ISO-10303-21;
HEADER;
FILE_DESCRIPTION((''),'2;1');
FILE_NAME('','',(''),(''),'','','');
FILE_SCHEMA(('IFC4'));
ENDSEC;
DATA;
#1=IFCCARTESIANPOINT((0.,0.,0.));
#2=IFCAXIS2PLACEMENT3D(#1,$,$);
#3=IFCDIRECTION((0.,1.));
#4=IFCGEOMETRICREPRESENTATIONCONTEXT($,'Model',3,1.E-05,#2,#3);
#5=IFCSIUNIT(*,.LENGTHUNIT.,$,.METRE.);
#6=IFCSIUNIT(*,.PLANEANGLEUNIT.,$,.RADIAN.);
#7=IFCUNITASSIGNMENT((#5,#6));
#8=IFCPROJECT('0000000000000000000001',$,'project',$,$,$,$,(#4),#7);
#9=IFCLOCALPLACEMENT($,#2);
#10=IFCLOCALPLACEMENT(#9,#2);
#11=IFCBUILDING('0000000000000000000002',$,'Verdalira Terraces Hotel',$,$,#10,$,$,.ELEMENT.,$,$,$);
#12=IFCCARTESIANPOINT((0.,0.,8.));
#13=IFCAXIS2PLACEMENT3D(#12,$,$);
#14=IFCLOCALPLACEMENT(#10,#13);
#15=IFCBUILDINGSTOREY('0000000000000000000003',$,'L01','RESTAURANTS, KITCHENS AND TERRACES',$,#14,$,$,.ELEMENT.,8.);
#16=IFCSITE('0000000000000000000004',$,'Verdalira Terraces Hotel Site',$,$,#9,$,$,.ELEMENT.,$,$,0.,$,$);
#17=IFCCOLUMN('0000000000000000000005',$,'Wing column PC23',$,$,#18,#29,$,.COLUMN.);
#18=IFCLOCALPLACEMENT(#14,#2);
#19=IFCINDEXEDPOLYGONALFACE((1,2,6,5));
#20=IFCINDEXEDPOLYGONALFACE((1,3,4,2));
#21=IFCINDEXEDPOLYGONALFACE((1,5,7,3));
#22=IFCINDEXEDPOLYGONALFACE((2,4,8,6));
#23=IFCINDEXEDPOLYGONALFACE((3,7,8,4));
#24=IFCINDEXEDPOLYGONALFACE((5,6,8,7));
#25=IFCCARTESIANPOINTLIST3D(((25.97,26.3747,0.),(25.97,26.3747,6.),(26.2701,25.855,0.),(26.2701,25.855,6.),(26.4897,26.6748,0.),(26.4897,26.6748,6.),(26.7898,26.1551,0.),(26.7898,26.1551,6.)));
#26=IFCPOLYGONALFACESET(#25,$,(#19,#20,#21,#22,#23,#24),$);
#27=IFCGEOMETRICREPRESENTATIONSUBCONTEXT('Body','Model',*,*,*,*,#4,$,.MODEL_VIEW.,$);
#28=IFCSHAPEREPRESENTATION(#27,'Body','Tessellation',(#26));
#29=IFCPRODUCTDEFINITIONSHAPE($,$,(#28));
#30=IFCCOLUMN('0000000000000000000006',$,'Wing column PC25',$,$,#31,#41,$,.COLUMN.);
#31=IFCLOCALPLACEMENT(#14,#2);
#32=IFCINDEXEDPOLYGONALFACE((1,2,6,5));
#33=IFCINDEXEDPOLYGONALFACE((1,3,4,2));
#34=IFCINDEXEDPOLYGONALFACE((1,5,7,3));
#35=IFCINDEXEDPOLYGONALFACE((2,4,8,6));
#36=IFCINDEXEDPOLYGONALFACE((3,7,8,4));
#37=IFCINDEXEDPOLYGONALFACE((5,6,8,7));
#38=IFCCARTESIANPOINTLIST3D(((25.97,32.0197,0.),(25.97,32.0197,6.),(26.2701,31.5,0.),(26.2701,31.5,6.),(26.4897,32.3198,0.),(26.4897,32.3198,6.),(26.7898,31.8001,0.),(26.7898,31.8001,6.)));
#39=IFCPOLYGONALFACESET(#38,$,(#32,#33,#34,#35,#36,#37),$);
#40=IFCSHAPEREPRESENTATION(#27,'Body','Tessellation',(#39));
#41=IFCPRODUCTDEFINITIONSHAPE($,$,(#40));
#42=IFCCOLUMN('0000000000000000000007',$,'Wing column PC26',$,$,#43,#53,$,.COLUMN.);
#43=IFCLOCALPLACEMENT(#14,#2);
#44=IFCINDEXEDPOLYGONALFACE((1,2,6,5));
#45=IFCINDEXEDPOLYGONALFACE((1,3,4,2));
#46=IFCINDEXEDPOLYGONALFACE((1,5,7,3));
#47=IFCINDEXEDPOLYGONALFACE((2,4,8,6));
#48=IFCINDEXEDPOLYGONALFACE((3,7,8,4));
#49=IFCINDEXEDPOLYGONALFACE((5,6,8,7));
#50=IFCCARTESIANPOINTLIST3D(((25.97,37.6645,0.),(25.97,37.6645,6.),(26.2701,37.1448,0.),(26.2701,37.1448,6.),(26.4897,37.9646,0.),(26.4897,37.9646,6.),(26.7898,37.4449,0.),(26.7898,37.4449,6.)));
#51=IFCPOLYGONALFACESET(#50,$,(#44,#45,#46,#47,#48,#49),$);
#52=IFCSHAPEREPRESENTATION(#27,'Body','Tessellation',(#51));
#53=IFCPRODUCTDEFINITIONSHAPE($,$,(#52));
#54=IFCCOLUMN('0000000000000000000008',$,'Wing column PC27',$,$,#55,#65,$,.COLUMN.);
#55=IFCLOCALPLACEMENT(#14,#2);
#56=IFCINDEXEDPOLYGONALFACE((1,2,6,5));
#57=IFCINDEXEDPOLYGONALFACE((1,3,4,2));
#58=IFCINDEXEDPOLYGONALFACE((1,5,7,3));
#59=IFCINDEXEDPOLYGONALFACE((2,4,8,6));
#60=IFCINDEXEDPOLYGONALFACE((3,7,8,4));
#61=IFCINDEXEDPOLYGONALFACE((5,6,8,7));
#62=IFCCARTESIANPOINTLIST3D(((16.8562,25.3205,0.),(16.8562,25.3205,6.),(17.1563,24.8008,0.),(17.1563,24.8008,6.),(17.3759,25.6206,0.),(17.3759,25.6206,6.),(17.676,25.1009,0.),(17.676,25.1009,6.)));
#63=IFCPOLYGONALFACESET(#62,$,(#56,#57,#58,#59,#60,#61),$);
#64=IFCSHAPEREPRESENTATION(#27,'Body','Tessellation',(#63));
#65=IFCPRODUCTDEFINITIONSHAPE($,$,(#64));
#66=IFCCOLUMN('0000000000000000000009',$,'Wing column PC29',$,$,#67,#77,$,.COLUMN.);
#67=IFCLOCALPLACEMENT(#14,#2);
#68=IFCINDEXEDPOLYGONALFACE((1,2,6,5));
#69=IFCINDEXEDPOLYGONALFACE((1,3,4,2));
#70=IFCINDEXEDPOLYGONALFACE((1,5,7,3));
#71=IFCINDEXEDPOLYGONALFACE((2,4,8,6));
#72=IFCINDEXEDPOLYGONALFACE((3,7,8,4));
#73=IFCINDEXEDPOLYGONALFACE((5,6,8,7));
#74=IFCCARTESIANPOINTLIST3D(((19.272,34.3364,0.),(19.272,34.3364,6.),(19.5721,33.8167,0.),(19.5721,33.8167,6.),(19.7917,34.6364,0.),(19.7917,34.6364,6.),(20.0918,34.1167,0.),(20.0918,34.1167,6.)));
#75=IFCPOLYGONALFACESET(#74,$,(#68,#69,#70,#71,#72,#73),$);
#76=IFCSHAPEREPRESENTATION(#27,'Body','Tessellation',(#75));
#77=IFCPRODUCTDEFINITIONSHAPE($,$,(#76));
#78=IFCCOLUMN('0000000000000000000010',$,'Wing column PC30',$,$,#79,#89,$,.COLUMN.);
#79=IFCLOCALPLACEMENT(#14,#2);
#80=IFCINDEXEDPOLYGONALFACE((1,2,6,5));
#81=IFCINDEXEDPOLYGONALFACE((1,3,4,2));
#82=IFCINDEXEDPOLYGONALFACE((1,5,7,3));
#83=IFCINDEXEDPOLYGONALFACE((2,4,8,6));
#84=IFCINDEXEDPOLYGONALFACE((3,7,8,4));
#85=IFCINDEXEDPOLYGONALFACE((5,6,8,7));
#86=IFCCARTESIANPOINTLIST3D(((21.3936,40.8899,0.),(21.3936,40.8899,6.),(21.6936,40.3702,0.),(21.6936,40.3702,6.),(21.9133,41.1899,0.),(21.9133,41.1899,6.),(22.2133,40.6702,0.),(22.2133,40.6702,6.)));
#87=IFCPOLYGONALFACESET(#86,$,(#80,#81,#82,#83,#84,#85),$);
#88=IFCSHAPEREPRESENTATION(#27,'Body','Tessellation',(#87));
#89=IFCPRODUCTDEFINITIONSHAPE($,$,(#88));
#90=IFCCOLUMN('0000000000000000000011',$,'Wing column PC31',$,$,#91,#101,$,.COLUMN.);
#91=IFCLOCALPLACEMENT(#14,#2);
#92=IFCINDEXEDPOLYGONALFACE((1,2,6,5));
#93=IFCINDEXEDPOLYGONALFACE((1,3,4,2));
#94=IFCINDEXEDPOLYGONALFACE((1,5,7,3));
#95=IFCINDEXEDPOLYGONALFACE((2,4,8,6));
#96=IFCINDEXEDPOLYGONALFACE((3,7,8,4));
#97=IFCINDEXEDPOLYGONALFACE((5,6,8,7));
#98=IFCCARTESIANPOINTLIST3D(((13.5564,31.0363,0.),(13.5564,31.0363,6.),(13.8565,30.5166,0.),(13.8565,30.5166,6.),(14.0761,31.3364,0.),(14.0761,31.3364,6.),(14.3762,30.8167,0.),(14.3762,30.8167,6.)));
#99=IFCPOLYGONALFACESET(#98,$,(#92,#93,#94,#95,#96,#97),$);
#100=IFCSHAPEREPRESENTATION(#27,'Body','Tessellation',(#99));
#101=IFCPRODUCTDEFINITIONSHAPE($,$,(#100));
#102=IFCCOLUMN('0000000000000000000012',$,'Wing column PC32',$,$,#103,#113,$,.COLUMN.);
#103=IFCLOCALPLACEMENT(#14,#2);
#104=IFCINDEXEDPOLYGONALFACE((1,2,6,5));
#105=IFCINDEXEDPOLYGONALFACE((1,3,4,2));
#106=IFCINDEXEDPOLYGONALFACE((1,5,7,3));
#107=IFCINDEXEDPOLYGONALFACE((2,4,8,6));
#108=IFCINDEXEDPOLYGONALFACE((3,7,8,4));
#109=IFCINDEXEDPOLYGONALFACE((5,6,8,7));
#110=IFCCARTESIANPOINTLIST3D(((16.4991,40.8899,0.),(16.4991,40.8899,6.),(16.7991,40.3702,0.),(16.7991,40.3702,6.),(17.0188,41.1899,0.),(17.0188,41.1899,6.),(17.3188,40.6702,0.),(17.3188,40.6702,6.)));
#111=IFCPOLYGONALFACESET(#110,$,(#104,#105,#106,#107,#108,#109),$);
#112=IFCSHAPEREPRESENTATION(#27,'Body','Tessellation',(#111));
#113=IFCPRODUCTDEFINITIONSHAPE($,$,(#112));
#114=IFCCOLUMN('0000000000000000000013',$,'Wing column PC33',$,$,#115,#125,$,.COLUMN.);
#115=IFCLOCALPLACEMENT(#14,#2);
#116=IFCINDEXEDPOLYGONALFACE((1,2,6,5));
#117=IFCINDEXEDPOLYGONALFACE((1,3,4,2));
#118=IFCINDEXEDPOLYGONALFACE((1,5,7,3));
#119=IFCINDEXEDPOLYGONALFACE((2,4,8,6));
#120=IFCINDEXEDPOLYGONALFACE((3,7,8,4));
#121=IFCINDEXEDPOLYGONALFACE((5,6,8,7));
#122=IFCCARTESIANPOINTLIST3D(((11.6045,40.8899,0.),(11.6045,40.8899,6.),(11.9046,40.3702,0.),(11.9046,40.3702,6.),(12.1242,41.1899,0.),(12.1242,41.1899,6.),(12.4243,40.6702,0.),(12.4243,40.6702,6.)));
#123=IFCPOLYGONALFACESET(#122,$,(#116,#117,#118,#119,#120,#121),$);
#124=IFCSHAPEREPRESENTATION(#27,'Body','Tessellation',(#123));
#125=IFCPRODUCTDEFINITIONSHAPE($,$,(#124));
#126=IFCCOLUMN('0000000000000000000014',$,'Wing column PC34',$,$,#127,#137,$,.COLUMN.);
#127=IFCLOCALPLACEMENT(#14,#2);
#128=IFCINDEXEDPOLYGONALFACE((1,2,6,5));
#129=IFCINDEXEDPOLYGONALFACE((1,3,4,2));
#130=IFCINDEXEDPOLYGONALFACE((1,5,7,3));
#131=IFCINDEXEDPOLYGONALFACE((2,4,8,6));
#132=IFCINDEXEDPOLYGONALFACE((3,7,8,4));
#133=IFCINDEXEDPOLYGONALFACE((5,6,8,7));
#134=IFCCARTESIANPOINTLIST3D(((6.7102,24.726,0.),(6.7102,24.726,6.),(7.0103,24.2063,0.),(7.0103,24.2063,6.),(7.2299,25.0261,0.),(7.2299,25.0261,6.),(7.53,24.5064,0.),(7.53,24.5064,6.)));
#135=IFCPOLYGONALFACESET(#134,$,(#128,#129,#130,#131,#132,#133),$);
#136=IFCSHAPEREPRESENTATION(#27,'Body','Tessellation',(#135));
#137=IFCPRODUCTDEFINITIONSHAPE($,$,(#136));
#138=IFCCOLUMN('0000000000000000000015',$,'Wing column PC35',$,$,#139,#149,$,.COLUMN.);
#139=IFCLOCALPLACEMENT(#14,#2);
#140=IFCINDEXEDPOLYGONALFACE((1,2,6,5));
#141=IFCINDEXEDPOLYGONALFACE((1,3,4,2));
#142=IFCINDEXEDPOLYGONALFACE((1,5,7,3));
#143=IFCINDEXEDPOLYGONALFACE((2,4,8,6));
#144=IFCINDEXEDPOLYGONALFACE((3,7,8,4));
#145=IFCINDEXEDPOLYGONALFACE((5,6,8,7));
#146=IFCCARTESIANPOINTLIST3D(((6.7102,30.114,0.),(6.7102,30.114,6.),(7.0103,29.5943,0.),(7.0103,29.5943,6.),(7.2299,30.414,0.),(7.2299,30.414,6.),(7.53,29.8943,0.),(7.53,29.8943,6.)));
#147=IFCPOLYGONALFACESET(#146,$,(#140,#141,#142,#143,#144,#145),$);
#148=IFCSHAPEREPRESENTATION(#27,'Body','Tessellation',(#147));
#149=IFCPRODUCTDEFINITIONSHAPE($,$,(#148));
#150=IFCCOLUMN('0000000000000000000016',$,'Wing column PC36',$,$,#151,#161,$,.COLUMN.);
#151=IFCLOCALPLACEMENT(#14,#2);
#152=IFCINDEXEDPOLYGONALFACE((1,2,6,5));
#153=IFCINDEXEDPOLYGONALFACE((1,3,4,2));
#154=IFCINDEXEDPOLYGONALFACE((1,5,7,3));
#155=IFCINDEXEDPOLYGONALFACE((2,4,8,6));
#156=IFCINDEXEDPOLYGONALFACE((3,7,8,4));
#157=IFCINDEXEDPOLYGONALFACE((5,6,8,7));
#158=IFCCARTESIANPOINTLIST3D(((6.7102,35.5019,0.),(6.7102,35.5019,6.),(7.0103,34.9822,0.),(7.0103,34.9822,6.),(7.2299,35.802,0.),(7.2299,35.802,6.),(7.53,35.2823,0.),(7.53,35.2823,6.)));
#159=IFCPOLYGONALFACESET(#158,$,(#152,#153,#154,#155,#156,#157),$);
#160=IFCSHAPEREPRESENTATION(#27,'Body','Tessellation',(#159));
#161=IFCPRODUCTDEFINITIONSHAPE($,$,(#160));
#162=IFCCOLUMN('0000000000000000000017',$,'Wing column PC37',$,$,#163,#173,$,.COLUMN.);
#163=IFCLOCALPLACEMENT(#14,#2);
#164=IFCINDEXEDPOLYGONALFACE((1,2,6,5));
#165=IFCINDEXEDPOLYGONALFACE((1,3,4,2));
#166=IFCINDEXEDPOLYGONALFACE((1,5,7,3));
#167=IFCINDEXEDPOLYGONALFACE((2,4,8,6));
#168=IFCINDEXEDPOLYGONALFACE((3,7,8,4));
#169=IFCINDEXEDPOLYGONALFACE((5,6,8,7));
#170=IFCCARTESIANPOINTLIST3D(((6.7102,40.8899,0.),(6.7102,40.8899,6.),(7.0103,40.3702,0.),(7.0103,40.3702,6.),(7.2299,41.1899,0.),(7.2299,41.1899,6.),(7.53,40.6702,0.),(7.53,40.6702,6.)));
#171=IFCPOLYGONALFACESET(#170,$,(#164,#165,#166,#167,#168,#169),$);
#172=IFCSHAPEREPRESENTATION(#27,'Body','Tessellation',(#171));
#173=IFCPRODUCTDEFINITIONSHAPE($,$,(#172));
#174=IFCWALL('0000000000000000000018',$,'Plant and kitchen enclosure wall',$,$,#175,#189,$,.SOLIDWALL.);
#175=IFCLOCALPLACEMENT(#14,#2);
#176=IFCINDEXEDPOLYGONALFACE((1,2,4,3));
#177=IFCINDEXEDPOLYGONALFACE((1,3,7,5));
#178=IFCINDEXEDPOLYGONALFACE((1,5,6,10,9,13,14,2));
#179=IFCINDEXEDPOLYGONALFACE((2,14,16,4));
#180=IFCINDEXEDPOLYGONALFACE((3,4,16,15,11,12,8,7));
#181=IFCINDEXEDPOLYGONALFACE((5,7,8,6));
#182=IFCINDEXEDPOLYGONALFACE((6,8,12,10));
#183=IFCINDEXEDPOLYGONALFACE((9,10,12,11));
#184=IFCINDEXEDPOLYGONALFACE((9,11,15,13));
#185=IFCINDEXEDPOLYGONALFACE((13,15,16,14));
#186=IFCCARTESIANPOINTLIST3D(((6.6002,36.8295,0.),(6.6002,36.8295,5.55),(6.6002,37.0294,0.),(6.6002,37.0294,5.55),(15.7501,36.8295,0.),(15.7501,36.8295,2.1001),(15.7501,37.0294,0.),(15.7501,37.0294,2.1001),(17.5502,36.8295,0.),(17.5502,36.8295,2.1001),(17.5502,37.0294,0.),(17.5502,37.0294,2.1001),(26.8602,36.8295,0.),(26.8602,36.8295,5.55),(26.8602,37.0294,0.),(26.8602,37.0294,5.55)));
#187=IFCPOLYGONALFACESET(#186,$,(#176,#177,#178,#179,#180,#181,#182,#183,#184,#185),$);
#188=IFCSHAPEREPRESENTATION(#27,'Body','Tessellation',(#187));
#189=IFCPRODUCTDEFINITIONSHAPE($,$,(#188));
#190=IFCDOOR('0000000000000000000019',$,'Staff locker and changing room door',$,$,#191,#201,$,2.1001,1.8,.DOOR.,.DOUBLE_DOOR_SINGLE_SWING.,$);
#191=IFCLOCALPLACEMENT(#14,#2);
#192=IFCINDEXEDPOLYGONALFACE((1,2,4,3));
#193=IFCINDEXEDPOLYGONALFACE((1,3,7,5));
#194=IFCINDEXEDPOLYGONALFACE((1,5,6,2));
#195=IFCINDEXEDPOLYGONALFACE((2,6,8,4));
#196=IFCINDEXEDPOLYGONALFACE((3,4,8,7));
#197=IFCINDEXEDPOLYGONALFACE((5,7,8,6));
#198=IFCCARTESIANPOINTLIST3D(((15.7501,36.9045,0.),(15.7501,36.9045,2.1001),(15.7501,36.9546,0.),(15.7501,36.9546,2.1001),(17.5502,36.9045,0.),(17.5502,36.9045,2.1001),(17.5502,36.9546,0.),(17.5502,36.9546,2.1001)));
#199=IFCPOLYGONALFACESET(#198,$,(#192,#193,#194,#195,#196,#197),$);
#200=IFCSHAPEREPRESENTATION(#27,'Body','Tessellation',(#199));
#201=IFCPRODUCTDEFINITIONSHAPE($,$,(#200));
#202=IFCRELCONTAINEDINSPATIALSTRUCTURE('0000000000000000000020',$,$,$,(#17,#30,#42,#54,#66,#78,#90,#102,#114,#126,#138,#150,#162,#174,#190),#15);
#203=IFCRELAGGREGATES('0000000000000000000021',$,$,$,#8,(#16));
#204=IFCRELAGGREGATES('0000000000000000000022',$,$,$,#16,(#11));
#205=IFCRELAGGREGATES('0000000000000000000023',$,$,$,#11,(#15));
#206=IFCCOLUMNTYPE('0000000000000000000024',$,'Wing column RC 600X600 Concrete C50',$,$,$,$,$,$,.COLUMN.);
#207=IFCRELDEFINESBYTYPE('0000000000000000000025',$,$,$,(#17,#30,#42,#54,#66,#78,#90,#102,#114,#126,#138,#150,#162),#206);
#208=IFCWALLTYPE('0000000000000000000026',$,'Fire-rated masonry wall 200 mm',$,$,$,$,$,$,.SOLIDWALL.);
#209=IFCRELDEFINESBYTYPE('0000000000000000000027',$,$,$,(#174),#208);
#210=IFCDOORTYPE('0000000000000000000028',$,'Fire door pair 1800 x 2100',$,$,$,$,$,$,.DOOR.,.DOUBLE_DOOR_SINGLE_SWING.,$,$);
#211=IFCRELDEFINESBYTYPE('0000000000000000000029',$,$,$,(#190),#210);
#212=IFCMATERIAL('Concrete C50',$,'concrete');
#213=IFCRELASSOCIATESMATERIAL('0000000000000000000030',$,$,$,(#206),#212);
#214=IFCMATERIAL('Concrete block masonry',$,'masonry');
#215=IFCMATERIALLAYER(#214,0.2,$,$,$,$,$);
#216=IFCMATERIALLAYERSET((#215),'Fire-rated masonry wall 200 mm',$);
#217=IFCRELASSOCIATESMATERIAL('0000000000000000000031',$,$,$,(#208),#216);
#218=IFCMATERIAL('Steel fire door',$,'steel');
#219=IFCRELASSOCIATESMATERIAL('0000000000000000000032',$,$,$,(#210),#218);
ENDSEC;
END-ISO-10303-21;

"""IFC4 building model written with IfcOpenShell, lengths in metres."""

from ifc_helpers import new_model, si_unit, direction, frame, frame_2d, origin, origin_2d, place, context, subcontext, project, spatial, rectangle, extrude, material, layer, layer_set, material_profile, profile_set, type_object, element, fill, save


model = new_model("IFC4")

# Units and contexts
model_context = context("Model", 3, precision=1e-05, world=origin(), true_north=direction((0.0, 1.0)))
body_context = subcontext(model_context, "Body", "Model", "MODEL_VIEW")
ifc_project = project(units=[si_unit("LENGTHUNIT", "METRE"), si_unit("PLANEANGLEUNIT", "RADIAN")], contexts=[model_context])

# Site, building, storey
site_placement = place(None, origin())
site = spatial("IfcSite", under=ifc_project, at=site_placement, Name="Verdalira Terraces Hotel Site", CompositionType="ELEMENT", RefElevation=0.0)
building_placement = place(site_placement, origin())
building = spatial("IfcBuilding", under=site, at=building_placement, Name="Verdalira Terraces Hotel", CompositionType="ELEMENT")
storey_placement = place(building_placement, frame((0.0, 0.0, 8.0)))
storey = spatial("IfcBuildingStorey", under=building, at=storey_placement, Name="L01", Description="RESTAURANTS, KITCHENS AND TERRACES", CompositionType="ELEMENT", Elevation=8.0)

# Columns
ifc_material_1 = material(Name="Concrete C50", Category="concrete")
ifc_material_profile = material_profile(ifc_material_1, rectangle(XDim=0.6001, YDim=0.6001, at=origin_2d()), Name="RC 600X600")
ifc_profile_set = profile_set([ifc_material_profile], Name="Concrete C50")
column_type = type_object("IfcColumnType", Name="Wing column RC 600X600 Concrete C50", PredefinedType="COLUMN", material=ifc_profile_set)
for number, where, z_axis, x_axis, name in (
    (1, (26.3799, 26.2649, 0.0), (0.0, 0.0, 1.0), (0.866025, 0.5, 0.0), "Wing column PC23"),
    (2, (26.3799, 31.9099, 0.0), (0.0, 0.0, 1.0), (0.866025, 0.5, 0.0), "Wing column PC25"),
    (3, (26.3799, 37.5547, 0.0), (0.0, 0.0, 1.0), (0.866025, 0.5, 0.0), "Wing column PC26"),
    (4, (17.2661, 25.2107, 0.0), (0.0, 0.0, 1.0), (0.866025, 0.5, 0.0), "Wing column PC27"),
    (5, (19.6819, 34.2266, 0.0), (0.0, 0.0, 1.0), (0.866025, 0.5, 0.0), "Wing column PC29"),
    (6, (21.8035, 40.78, 0.0), (0.0, 0.0, 1.0), (0.866025, 0.5, 0.0), "Wing column PC30"),
    (7, (13.9663, 30.9265, 0.0), (0.0, 0.0, 1.0), (0.866025, 0.5, 0.0), "Wing column PC31"),
    (8, (16.9089, 40.78, 0.0), (0.0, 0.0, 1.0), (0.866025, 0.5, 0.0), "Wing column PC32"),
    (9, (12.0144, 40.78, 0.0), (0.0, 0.0, 1.0), (0.866025, 0.5, 0.0), "Wing column PC33"),
    (10, (7.1201, 24.6162, 0.0), (0.0, 0.0, 1.0), (0.866025, 0.5, 0.0), "Wing column PC34"),
    (11, (7.1201, 30.0041, 0.0), (0.0, 0.0, 1.0), (0.866025, 0.5, 0.0), "Wing column PC35"),
    (12, (7.1201, 35.3921, 0.0), (0.0, 0.0, 1.0), (0.866025, 0.5, 0.0), "Wing column PC36"),
    (13, (7.1201, 40.78, 0.0), (0.0, 0.0, 1.0), (0.866025, 0.5, 0.0), "Wing column PC37"),
):
    element("IfcColumn", number, at=place(storey_placement, frame(where, z_axis=z_axis, x_axis=x_axis)), inside=storey, type_object=column_type, Name=name, PredefinedType="COLUMN", context=body_context, shape_type="SweptSolid", body=[
        extrude(rectangle(XDim=0.6001, YDim=0.6001, at=origin_2d()), origin(), (0.0, 0.0, 1.0), 6.0),
    ])

# Wall, opening, door
ifc_material_2 = material(Name="Concrete block masonry", Category="masonry")
ifc_layer_1 = layer(ifc_material_2, 0.2)
ifc_layer_set_1 = layer_set([ifc_layer_1], Name="Fire-rated masonry wall 200 mm")
wall_type_1 = type_object("IfcWallType", Name="Fire-rated masonry wall 200 mm", PredefinedType="SOLIDWALL", material=ifc_layer_set_1)
wall_1_placement = place(storey_placement, frame((26.8601, 36.9294, 0.0), z_axis=(0.0, 0.0, 1.0), x_axis=(-1.0, 0.0, 0.0)))
wall_1 = element("IfcWall", 14, at=wall_1_placement, inside=storey, type_object=wall_type_1, Name="Plant and kitchen enclosure wall", PredefinedType="SOLIDWALL", context=body_context, shape_type="SweptSolid", body=[
    extrude(rectangle(XDim=20.26, YDim=0.2, at=frame_2d((10.1299, 0.0))), origin(), (0.0, 0.0, 1.0), 5.55),
])
opening_1_placement = place(wall_1_placement, frame((9.3101, 0.0, 0.0)))
opening_1 = element("IfcOpeningElement", 15, at=opening_1_placement, cuts=wall_1, PredefinedType="OPENING", context=body_context, shape_type="SweptSolid", body=[
    extrude(rectangle(XDim=1.8, YDim=2.1001, at=frame_2d((0.8999, 1.05))), frame((0.0, 0.1099, 0.0), z_axis=(0.0, -1.0, 0.0), x_axis=(1.0, 0.0, 0.0)), (0.0, 0.0, 1.0), 0.22),
])
ifc_material_3 = material(Name="Steel fire door", Category="steel")
door_type_1 = type_object("IfcDoorType", Name="Fire door pair 1800 x 2100", OperationType="DOUBLE_DOOR_SINGLE_SWING", PredefinedType="DOOR", material=ifc_material_3)
door_1_placement = place(opening_1_placement, origin())
door_1 = element("IfcDoor", 16, at=door_1_placement, inside=storey, type_object=door_type_1, Name="Staff locker and changing room door", OperationType="DOUBLE_DOOR_SINGLE_SWING", OverallHeight=2.1001, OverallWidth=1.8, PredefinedType="DOOR", context=body_context, shape_type="SweptSolid", body=[
    extrude(rectangle(XDim=1.8, YDim=2.1001, at=frame_2d((0.8999, 1.05))), frame((0.0, 0.0249, 0.0), z_axis=(0.0, -1.0, 0.0), x_axis=(1.0, 0.0, 0.0)), (0.0, 0.0, 1.0), 0.05),
])
fill(opening_1, door_1)

save(model, "model.ifc")
